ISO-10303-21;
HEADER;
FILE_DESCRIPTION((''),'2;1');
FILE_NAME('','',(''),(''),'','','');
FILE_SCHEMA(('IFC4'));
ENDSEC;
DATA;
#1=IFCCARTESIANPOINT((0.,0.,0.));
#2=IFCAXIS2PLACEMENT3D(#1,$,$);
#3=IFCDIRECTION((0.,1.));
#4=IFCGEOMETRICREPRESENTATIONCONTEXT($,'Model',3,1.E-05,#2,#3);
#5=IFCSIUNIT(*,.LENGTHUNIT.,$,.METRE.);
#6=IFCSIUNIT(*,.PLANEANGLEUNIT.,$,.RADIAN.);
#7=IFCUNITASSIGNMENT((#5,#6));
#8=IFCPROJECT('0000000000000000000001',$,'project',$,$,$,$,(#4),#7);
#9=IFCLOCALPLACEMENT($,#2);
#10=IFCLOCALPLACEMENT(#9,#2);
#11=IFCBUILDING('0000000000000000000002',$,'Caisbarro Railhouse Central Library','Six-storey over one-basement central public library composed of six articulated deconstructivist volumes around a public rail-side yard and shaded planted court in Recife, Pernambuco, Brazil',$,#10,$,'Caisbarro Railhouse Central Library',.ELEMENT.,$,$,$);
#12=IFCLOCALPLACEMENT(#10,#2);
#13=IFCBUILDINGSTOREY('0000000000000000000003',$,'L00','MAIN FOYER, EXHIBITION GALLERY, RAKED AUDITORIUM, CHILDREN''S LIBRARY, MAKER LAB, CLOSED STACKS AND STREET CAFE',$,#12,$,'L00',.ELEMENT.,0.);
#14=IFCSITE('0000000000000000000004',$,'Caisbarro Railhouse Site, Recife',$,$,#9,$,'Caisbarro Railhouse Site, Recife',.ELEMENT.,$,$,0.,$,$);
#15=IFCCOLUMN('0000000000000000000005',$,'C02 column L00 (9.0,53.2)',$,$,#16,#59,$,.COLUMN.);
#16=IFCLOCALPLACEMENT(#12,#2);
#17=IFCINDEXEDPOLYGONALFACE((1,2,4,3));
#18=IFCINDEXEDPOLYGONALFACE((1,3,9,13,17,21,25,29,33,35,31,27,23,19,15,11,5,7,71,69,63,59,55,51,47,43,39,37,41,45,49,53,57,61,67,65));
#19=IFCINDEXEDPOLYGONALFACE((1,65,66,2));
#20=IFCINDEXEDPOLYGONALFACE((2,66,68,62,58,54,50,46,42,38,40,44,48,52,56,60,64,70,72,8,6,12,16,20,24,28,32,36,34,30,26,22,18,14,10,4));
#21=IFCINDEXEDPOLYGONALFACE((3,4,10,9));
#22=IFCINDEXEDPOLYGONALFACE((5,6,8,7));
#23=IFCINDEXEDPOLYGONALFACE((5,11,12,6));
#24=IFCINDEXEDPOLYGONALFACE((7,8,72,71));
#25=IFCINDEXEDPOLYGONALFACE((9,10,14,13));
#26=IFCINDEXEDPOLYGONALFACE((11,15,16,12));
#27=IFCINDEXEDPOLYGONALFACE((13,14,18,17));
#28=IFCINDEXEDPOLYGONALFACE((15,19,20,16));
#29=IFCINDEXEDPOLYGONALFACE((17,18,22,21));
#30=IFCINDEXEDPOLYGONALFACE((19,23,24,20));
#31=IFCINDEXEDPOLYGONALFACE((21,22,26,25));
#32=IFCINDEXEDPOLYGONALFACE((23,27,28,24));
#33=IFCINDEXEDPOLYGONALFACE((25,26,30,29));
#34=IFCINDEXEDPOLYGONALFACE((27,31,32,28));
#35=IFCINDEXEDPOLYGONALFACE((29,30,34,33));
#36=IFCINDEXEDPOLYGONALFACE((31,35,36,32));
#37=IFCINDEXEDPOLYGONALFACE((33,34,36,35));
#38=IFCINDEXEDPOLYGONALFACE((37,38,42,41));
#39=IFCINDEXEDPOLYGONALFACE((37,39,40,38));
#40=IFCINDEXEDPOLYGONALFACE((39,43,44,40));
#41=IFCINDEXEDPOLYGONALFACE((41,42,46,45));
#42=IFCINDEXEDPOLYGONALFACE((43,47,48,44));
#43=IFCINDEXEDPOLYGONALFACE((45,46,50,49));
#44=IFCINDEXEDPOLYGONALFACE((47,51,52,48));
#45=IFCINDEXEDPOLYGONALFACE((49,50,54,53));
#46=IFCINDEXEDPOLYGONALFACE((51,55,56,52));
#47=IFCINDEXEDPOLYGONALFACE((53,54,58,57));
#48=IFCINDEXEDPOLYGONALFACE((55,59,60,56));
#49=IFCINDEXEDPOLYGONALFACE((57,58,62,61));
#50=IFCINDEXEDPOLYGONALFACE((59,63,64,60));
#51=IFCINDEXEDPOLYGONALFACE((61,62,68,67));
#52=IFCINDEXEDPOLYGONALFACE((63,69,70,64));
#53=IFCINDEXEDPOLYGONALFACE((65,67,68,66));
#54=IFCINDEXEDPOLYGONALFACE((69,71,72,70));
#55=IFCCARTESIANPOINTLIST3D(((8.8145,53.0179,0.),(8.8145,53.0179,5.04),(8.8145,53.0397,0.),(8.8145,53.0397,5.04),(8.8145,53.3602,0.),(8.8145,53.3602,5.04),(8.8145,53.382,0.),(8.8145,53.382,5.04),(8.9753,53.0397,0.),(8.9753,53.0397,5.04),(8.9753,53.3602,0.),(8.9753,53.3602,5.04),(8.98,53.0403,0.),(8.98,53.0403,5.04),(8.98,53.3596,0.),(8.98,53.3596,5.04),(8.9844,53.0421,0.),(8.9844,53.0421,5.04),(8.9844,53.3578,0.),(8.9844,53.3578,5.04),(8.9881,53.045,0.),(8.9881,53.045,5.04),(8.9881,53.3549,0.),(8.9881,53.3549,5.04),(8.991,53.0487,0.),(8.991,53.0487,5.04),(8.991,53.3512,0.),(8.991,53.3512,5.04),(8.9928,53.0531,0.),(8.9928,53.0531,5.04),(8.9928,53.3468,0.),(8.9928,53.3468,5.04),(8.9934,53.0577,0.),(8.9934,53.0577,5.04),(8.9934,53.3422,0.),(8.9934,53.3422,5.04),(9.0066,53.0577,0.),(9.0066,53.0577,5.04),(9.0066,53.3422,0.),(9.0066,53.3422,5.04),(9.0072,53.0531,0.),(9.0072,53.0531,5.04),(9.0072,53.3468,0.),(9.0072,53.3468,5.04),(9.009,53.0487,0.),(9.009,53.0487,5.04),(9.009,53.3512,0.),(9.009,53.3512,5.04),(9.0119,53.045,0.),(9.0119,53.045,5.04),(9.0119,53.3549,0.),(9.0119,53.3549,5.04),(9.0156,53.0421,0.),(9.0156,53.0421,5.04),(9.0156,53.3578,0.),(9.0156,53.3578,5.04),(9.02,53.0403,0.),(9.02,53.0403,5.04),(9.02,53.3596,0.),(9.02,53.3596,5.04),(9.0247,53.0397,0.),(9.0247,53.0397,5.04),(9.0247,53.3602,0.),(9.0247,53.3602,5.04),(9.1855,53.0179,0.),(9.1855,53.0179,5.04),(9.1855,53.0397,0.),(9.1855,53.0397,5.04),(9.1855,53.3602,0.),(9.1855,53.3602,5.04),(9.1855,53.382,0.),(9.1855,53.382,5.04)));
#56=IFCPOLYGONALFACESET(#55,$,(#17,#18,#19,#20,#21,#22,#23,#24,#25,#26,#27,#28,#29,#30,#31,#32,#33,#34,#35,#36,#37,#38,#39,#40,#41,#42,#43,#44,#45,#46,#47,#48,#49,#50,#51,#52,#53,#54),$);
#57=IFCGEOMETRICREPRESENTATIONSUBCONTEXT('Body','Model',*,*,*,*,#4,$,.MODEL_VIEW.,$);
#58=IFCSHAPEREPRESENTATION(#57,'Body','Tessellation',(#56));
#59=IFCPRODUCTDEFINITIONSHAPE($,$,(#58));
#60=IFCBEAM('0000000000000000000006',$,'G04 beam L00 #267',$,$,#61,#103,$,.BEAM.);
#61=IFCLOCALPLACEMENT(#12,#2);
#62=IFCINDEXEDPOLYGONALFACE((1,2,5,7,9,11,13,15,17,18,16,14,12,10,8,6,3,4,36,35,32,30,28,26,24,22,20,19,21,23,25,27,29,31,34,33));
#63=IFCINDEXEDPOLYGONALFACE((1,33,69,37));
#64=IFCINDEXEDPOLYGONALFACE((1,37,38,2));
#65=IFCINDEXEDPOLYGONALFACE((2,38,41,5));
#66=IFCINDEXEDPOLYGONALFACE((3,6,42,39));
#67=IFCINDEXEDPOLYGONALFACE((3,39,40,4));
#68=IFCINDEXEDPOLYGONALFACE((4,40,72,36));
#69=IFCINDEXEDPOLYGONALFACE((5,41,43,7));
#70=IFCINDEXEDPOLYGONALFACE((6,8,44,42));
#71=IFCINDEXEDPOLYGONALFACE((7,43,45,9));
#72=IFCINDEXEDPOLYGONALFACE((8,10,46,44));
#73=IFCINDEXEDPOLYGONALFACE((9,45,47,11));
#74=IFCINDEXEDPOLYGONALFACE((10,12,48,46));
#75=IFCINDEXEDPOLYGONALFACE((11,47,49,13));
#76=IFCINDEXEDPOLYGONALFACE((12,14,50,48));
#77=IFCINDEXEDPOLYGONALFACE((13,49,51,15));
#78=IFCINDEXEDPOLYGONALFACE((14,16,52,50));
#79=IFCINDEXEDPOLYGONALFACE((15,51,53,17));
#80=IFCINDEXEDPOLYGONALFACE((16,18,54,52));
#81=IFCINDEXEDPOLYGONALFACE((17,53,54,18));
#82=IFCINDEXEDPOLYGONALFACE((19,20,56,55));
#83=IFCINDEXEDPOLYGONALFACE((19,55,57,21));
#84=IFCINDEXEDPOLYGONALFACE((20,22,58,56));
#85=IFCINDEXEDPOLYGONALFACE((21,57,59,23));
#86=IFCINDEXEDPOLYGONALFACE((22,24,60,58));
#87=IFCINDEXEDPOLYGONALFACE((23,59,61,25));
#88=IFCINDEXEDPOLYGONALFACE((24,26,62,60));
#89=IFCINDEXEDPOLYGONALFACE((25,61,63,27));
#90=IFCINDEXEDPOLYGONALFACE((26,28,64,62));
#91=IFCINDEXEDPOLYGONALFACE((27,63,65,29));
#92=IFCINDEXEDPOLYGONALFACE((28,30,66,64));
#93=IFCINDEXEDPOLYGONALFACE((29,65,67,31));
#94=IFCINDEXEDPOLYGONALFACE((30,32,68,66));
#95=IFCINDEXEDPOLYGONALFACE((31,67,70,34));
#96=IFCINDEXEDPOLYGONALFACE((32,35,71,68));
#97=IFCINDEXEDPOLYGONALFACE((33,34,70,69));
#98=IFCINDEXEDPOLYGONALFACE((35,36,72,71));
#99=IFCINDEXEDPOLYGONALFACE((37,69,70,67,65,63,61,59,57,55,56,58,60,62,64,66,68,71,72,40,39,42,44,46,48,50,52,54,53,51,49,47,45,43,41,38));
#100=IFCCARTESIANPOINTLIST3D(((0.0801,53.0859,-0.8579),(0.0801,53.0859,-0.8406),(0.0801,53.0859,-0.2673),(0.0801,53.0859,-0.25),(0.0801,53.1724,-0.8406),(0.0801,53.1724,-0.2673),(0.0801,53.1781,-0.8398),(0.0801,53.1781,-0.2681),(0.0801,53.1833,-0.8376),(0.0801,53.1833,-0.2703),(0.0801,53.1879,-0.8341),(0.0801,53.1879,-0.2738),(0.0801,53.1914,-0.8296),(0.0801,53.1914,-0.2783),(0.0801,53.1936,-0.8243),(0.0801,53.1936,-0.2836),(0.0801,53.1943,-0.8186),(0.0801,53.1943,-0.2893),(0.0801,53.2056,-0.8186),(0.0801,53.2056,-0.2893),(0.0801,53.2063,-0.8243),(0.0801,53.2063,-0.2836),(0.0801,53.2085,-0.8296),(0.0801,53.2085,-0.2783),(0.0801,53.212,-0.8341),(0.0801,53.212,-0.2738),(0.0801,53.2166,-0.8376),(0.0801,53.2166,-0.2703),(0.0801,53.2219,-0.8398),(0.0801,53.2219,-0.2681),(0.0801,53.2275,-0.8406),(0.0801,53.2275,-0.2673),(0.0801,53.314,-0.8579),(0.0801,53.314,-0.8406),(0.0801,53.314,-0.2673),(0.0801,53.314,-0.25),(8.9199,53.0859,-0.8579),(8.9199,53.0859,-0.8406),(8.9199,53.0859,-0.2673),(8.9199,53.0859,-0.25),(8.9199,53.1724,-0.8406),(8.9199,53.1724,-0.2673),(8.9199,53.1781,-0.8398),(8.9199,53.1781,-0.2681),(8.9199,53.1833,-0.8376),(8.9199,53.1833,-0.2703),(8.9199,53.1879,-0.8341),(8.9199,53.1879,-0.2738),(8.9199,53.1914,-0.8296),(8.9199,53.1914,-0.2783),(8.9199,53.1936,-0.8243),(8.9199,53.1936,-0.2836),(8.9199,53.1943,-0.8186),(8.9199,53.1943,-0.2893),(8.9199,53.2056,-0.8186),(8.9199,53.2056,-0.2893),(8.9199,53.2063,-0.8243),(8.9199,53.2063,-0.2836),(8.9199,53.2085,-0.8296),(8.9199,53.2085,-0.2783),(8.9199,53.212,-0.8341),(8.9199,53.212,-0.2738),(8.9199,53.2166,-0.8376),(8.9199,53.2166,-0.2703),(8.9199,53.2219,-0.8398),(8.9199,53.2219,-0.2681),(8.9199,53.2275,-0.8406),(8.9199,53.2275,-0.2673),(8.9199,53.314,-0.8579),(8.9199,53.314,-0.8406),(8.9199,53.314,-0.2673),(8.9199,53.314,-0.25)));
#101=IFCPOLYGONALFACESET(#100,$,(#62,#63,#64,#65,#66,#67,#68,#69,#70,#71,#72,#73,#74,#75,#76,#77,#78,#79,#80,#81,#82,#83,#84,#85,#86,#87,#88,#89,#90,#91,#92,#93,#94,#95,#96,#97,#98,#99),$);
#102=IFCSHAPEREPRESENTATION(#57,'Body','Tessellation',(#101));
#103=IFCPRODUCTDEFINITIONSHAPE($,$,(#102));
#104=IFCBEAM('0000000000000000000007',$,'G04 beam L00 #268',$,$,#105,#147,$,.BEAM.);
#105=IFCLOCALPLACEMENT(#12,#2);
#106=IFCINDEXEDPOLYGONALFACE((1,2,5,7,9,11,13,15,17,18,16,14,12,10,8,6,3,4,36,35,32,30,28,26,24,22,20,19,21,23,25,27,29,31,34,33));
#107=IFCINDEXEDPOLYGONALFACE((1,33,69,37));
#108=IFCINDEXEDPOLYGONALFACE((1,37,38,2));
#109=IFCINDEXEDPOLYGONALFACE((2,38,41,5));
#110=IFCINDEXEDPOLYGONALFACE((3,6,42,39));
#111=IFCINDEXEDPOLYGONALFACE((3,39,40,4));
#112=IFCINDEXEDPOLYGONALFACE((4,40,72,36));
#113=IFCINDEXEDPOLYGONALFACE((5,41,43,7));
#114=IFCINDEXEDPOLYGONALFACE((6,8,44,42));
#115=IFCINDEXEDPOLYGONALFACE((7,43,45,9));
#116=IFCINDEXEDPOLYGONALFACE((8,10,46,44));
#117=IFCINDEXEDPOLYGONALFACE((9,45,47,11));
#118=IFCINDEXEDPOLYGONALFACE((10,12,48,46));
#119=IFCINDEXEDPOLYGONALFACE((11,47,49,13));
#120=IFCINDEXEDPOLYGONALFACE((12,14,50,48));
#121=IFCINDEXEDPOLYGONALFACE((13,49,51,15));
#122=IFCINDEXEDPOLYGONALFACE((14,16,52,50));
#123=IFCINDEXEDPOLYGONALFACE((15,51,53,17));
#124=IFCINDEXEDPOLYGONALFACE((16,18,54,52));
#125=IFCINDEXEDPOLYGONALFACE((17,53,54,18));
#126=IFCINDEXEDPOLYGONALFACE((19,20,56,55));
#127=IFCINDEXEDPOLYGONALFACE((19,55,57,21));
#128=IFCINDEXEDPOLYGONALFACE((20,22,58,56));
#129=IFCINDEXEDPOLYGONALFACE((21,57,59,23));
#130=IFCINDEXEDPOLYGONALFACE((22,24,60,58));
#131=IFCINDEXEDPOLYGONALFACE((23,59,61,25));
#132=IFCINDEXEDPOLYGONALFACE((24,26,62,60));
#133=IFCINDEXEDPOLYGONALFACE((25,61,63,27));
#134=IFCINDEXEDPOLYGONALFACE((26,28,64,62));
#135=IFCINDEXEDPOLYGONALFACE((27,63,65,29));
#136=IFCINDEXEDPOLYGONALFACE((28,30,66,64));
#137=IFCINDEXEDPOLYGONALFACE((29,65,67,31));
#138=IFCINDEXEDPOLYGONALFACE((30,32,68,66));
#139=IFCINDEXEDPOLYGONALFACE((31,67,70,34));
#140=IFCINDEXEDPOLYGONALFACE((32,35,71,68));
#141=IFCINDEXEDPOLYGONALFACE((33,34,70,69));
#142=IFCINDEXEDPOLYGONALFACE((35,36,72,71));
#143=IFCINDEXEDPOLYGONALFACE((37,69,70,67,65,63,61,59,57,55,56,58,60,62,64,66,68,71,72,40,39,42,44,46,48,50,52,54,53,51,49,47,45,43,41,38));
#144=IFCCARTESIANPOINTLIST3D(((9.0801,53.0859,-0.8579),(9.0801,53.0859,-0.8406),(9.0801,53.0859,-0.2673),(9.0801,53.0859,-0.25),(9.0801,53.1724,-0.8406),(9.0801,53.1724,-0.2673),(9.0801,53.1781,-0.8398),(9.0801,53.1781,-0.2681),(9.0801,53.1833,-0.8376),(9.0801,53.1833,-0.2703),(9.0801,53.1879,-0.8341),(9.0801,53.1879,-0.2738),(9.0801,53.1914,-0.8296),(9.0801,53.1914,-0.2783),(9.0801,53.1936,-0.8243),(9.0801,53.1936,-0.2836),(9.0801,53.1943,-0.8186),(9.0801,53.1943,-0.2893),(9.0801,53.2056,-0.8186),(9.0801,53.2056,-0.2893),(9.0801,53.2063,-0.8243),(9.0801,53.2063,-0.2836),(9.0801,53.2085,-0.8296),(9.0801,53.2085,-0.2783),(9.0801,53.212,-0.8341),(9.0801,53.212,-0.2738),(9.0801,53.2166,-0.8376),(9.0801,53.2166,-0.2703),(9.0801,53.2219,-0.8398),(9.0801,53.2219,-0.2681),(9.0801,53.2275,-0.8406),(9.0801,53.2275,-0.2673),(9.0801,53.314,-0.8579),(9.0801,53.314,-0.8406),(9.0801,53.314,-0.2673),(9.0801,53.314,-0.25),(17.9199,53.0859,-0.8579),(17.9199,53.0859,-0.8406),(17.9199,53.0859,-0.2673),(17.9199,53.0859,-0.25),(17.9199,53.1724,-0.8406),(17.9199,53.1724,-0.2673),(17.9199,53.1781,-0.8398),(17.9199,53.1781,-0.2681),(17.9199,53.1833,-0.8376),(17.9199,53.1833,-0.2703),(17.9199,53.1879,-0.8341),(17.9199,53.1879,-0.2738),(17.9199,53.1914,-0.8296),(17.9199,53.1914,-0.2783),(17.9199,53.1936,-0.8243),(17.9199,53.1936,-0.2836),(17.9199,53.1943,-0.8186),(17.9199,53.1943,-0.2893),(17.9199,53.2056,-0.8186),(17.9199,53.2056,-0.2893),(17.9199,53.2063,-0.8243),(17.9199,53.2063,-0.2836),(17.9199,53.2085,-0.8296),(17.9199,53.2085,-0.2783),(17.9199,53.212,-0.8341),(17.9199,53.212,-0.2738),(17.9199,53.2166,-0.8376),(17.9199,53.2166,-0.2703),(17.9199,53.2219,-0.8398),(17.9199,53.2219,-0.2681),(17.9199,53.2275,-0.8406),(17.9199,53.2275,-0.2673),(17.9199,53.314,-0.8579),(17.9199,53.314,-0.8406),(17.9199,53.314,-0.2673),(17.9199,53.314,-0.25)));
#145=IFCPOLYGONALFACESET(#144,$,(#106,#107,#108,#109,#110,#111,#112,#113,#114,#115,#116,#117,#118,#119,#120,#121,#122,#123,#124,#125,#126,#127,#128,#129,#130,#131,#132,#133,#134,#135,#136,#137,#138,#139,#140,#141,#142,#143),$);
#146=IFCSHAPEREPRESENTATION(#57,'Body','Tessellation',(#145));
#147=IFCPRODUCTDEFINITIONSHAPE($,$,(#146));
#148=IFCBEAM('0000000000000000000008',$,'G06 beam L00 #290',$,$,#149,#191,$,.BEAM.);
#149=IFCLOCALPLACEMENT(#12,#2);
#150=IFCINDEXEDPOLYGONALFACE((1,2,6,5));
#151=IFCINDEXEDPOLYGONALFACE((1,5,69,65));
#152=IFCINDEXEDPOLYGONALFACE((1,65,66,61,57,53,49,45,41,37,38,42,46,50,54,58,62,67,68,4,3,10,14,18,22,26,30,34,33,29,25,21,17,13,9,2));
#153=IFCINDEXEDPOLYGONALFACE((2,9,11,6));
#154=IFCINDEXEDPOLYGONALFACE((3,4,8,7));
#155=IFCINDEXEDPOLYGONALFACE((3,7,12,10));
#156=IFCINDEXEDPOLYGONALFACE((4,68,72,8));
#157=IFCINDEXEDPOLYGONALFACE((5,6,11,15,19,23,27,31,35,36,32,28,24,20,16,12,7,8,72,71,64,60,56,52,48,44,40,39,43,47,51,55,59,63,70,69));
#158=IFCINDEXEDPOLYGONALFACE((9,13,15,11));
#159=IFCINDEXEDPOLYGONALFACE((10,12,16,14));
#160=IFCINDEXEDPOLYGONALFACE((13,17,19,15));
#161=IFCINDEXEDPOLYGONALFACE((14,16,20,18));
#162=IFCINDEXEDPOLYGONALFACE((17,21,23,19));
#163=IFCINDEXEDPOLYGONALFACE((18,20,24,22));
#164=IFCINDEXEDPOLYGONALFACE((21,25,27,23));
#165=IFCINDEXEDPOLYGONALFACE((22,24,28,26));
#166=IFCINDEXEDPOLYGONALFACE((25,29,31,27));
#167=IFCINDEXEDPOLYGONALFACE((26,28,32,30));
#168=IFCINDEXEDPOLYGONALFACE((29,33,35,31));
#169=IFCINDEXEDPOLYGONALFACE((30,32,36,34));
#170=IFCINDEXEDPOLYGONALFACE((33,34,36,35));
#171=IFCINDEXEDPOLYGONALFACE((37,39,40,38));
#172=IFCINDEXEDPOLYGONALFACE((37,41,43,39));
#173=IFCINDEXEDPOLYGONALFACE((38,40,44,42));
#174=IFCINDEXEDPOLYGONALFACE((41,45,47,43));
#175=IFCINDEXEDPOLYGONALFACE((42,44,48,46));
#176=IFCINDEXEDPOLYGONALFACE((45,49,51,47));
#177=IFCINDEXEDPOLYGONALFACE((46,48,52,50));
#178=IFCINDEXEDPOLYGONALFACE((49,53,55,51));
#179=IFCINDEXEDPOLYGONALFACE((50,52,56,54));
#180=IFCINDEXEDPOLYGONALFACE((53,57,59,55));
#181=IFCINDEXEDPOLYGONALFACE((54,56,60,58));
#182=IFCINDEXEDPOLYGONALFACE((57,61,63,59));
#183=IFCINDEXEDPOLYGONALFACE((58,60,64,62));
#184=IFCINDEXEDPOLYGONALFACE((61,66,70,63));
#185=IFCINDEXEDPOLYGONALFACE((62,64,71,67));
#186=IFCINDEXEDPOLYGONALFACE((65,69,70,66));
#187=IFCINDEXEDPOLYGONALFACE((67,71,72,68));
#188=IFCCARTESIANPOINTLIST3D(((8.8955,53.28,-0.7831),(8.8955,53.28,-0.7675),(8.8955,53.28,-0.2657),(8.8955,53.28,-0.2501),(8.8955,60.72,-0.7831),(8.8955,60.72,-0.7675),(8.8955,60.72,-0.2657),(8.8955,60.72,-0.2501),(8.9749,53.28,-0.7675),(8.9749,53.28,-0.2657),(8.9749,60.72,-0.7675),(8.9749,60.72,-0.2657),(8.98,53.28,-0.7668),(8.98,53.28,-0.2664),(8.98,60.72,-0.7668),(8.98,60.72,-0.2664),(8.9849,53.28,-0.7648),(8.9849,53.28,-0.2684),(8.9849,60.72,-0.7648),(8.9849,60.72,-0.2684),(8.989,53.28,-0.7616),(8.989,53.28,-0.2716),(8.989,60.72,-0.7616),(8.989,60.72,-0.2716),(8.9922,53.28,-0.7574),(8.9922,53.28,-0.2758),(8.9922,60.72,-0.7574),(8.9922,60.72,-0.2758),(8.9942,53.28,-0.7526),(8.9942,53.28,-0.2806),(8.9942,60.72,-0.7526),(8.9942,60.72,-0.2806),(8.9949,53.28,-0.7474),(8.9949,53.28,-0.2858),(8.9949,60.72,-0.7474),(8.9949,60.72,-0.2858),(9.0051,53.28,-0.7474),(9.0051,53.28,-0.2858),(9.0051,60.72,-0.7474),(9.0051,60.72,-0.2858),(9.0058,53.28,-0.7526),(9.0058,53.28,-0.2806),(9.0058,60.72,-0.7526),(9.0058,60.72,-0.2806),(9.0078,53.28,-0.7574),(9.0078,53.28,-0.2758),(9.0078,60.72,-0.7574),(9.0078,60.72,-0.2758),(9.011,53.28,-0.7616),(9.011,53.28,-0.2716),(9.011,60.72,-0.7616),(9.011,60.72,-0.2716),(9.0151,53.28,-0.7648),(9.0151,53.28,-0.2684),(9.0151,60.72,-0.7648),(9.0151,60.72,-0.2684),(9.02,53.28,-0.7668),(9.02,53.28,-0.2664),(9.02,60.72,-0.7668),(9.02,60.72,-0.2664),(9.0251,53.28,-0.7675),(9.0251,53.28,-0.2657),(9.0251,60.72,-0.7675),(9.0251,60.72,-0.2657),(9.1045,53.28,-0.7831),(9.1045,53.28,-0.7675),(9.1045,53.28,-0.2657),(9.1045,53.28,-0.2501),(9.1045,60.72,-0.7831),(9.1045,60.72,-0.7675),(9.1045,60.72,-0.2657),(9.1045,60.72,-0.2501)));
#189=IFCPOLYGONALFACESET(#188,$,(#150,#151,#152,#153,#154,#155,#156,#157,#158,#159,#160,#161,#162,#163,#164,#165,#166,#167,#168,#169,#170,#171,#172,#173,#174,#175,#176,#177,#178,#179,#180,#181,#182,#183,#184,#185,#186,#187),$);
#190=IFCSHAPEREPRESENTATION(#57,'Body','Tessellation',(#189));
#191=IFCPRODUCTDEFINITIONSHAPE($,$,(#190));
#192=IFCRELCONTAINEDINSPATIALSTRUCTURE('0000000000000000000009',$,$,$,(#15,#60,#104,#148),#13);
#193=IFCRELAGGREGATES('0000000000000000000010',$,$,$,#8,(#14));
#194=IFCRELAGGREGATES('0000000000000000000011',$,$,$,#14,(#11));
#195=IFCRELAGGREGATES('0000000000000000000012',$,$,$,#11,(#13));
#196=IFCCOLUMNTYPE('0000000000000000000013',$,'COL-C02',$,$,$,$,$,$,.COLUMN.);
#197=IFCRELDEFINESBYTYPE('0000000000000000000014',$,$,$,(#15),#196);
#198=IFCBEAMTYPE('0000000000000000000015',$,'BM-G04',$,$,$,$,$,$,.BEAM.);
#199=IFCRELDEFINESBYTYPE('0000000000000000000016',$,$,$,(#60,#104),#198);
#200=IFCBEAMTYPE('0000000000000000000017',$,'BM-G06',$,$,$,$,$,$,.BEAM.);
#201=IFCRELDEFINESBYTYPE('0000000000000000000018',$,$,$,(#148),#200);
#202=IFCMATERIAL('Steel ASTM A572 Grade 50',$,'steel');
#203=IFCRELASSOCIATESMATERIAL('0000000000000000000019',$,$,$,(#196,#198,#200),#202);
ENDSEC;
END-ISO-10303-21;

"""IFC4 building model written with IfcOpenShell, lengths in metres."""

from ifc_helpers import new_model, si_unit, direction, frame, origin, origin_2d, place, context, subcontext, project, spatial, i_section, extrude, material, material_profile, profile_set, type_object, element, save


model = new_model("IFC4")

# Units and contexts
model_context = context("Model", 3, precision=1e-05, world=origin(), true_north=direction((0.0, 1.0)))
body_context = subcontext(model_context, "Body", "Model", "MODEL_VIEW")
ifc_project = project(units=[si_unit("LENGTHUNIT", "METRE"), si_unit("PLANEANGLEUNIT", "RADIAN")], contexts=[model_context])

# Site, building, storey
site_placement = place(None, origin())
site = spatial("IfcSite", under=ifc_project, at=site_placement, Name="Caisbarro Railhouse Site, Recife", LongName="Caisbarro Railhouse Site, Recife", CompositionType="ELEMENT", RefElevation=0.0)
building_placement = place(site_placement, origin())
building = spatial("IfcBuilding", under=site, at=building_placement, Name="Caisbarro Railhouse Central Library", Description="Six-storey over one-basement central public library composed of six articulated deconstructivist volumes around a public rail-side yard and shaded planted court in Recife, Pernambuco, Brazil", LongName="Caisbarro Railhouse Central Library", CompositionType="ELEMENT")
storey_placement = place(building_placement, origin())
storey = spatial("IfcBuildingStorey", under=building, at=storey_placement, Name="L00", Description="MAIN FOYER, EXHIBITION GALLERY, RAKED AUDITORIUM, CHILDREN'S LIBRARY, MAKER LAB, CLOSED STACKS AND STREET CAFE", LongName="L00", CompositionType="ELEMENT", Elevation=0.0)

# Column
ifc_material_1 = material(Name="Steel ASTM A572 Grade 50", Category="steel")
ifc_material_profile_1 = material_profile(ifc_material_1, i_section(OverallWidth=0.3711, OverallDepth=0.364, WebThickness=0.0132, FlangeThickness=0.0217, FilletRadius=0.0181, at=origin_2d()), Name="W360X162.0")
ifc_profile_set_1 = profile_set([ifc_material_profile_1], Name="Steel ASTM A572 Grade 50")
column_type = type_object("IfcColumnType", Name="COL-C02", PredefinedType="COLUMN", material=ifc_profile_set_1)
column_placement = place(storey_placement, frame((9.0, 53.2, 0.0), z_axis=(0.0, 0.0, 1.0), x_axis=(1.0, 0.0, 0.0)))
element("IfcColumn", 1, at=column_placement, inside=storey, type_object=column_type, Name="C02 column L00 (9.0,53.2)", PredefinedType="COLUMN", context=body_context, shape_type="SweptSolid", body=[
    extrude(i_section(OverallWidth=0.3711, OverallDepth=0.364, WebThickness=0.0132, FlangeThickness=0.0217, FilletRadius=0.0181, at=origin_2d()), origin(), (0.0, 0.0, 1.0), 5.04),
])

# Beams
ifc_material_profile_2 = material_profile(ifc_material_1, i_section(OverallWidth=0.228, OverallDepth=0.6079, WebThickness=0.0112, FlangeThickness=0.0173, FilletRadius=0.022, at=origin_2d()), Name="W610X113.0")
ifc_profile_set_2 = profile_set([ifc_material_profile_2], Name="Steel ASTM A572 Grade 50")
beam_type_1 = type_object("IfcBeamType", Name="BM-G04", PredefinedType="BEAM", material=ifc_profile_set_2)
for number, where, z_axis, x_axis, name in (
    (2, (0.0801, 53.2, -0.554), (1.0, 0.0, 0.0), (0.0, 1.0, 0.0), "G04 beam L00 #267"),
    (3, (9.0801, 53.2, -0.554), (1.0, 0.0, 0.0), (0.0, 1.0, 0.0), "G04 beam L00 #268"),
):
    element("IfcBeam", number, at=place(storey_placement, frame(where, z_axis=z_axis, x_axis=x_axis)), inside=storey, type_object=beam_type_1, Name=name, PredefinedType="BEAM", context=body_context, shape_type="SweptSolid", body=[
        extrude(i_section(OverallWidth=0.228, OverallDepth=0.6079, WebThickness=0.0112, FlangeThickness=0.0173, FilletRadius=0.022, at=origin_2d()), origin(), (0.0, 0.0, 1.0), 8.8398),
    ])
ifc_material_profile_3 = material_profile(ifc_material_1, i_section(OverallWidth=0.209, OverallDepth=0.533, WebThickness=0.0103, FlangeThickness=0.0156, FilletRadius=0.02, at=origin_2d()), Name="W530X92.0")
ifc_profile_set_3 = profile_set([ifc_material_profile_3], Name="Steel ASTM A572 Grade 50")
beam_type_2 = type_object("IfcBeamType", Name="BM-G06", PredefinedType="BEAM", material=ifc_profile_set_3)
beam_placement = place(storey_placement, frame((9.0, 53.28, -0.5166), z_axis=(0.0, 1.0, 0.0), x_axis=(-1.0, 0.0, 0.0)))
element("IfcBeam", 4, at=beam_placement, inside=storey, type_object=beam_type_2, Name="G06 beam L00 #290", PredefinedType="BEAM", context=body_context, shape_type="SweptSolid", body=[
    extrude(i_section(OverallWidth=0.209, OverallDepth=0.533, WebThickness=0.0103, FlangeThickness=0.0156, FilletRadius=0.02, at=origin_2d()), origin(), (0.0, 0.0, 1.0), 7.4399),
])

save(model, "model.ifc")
